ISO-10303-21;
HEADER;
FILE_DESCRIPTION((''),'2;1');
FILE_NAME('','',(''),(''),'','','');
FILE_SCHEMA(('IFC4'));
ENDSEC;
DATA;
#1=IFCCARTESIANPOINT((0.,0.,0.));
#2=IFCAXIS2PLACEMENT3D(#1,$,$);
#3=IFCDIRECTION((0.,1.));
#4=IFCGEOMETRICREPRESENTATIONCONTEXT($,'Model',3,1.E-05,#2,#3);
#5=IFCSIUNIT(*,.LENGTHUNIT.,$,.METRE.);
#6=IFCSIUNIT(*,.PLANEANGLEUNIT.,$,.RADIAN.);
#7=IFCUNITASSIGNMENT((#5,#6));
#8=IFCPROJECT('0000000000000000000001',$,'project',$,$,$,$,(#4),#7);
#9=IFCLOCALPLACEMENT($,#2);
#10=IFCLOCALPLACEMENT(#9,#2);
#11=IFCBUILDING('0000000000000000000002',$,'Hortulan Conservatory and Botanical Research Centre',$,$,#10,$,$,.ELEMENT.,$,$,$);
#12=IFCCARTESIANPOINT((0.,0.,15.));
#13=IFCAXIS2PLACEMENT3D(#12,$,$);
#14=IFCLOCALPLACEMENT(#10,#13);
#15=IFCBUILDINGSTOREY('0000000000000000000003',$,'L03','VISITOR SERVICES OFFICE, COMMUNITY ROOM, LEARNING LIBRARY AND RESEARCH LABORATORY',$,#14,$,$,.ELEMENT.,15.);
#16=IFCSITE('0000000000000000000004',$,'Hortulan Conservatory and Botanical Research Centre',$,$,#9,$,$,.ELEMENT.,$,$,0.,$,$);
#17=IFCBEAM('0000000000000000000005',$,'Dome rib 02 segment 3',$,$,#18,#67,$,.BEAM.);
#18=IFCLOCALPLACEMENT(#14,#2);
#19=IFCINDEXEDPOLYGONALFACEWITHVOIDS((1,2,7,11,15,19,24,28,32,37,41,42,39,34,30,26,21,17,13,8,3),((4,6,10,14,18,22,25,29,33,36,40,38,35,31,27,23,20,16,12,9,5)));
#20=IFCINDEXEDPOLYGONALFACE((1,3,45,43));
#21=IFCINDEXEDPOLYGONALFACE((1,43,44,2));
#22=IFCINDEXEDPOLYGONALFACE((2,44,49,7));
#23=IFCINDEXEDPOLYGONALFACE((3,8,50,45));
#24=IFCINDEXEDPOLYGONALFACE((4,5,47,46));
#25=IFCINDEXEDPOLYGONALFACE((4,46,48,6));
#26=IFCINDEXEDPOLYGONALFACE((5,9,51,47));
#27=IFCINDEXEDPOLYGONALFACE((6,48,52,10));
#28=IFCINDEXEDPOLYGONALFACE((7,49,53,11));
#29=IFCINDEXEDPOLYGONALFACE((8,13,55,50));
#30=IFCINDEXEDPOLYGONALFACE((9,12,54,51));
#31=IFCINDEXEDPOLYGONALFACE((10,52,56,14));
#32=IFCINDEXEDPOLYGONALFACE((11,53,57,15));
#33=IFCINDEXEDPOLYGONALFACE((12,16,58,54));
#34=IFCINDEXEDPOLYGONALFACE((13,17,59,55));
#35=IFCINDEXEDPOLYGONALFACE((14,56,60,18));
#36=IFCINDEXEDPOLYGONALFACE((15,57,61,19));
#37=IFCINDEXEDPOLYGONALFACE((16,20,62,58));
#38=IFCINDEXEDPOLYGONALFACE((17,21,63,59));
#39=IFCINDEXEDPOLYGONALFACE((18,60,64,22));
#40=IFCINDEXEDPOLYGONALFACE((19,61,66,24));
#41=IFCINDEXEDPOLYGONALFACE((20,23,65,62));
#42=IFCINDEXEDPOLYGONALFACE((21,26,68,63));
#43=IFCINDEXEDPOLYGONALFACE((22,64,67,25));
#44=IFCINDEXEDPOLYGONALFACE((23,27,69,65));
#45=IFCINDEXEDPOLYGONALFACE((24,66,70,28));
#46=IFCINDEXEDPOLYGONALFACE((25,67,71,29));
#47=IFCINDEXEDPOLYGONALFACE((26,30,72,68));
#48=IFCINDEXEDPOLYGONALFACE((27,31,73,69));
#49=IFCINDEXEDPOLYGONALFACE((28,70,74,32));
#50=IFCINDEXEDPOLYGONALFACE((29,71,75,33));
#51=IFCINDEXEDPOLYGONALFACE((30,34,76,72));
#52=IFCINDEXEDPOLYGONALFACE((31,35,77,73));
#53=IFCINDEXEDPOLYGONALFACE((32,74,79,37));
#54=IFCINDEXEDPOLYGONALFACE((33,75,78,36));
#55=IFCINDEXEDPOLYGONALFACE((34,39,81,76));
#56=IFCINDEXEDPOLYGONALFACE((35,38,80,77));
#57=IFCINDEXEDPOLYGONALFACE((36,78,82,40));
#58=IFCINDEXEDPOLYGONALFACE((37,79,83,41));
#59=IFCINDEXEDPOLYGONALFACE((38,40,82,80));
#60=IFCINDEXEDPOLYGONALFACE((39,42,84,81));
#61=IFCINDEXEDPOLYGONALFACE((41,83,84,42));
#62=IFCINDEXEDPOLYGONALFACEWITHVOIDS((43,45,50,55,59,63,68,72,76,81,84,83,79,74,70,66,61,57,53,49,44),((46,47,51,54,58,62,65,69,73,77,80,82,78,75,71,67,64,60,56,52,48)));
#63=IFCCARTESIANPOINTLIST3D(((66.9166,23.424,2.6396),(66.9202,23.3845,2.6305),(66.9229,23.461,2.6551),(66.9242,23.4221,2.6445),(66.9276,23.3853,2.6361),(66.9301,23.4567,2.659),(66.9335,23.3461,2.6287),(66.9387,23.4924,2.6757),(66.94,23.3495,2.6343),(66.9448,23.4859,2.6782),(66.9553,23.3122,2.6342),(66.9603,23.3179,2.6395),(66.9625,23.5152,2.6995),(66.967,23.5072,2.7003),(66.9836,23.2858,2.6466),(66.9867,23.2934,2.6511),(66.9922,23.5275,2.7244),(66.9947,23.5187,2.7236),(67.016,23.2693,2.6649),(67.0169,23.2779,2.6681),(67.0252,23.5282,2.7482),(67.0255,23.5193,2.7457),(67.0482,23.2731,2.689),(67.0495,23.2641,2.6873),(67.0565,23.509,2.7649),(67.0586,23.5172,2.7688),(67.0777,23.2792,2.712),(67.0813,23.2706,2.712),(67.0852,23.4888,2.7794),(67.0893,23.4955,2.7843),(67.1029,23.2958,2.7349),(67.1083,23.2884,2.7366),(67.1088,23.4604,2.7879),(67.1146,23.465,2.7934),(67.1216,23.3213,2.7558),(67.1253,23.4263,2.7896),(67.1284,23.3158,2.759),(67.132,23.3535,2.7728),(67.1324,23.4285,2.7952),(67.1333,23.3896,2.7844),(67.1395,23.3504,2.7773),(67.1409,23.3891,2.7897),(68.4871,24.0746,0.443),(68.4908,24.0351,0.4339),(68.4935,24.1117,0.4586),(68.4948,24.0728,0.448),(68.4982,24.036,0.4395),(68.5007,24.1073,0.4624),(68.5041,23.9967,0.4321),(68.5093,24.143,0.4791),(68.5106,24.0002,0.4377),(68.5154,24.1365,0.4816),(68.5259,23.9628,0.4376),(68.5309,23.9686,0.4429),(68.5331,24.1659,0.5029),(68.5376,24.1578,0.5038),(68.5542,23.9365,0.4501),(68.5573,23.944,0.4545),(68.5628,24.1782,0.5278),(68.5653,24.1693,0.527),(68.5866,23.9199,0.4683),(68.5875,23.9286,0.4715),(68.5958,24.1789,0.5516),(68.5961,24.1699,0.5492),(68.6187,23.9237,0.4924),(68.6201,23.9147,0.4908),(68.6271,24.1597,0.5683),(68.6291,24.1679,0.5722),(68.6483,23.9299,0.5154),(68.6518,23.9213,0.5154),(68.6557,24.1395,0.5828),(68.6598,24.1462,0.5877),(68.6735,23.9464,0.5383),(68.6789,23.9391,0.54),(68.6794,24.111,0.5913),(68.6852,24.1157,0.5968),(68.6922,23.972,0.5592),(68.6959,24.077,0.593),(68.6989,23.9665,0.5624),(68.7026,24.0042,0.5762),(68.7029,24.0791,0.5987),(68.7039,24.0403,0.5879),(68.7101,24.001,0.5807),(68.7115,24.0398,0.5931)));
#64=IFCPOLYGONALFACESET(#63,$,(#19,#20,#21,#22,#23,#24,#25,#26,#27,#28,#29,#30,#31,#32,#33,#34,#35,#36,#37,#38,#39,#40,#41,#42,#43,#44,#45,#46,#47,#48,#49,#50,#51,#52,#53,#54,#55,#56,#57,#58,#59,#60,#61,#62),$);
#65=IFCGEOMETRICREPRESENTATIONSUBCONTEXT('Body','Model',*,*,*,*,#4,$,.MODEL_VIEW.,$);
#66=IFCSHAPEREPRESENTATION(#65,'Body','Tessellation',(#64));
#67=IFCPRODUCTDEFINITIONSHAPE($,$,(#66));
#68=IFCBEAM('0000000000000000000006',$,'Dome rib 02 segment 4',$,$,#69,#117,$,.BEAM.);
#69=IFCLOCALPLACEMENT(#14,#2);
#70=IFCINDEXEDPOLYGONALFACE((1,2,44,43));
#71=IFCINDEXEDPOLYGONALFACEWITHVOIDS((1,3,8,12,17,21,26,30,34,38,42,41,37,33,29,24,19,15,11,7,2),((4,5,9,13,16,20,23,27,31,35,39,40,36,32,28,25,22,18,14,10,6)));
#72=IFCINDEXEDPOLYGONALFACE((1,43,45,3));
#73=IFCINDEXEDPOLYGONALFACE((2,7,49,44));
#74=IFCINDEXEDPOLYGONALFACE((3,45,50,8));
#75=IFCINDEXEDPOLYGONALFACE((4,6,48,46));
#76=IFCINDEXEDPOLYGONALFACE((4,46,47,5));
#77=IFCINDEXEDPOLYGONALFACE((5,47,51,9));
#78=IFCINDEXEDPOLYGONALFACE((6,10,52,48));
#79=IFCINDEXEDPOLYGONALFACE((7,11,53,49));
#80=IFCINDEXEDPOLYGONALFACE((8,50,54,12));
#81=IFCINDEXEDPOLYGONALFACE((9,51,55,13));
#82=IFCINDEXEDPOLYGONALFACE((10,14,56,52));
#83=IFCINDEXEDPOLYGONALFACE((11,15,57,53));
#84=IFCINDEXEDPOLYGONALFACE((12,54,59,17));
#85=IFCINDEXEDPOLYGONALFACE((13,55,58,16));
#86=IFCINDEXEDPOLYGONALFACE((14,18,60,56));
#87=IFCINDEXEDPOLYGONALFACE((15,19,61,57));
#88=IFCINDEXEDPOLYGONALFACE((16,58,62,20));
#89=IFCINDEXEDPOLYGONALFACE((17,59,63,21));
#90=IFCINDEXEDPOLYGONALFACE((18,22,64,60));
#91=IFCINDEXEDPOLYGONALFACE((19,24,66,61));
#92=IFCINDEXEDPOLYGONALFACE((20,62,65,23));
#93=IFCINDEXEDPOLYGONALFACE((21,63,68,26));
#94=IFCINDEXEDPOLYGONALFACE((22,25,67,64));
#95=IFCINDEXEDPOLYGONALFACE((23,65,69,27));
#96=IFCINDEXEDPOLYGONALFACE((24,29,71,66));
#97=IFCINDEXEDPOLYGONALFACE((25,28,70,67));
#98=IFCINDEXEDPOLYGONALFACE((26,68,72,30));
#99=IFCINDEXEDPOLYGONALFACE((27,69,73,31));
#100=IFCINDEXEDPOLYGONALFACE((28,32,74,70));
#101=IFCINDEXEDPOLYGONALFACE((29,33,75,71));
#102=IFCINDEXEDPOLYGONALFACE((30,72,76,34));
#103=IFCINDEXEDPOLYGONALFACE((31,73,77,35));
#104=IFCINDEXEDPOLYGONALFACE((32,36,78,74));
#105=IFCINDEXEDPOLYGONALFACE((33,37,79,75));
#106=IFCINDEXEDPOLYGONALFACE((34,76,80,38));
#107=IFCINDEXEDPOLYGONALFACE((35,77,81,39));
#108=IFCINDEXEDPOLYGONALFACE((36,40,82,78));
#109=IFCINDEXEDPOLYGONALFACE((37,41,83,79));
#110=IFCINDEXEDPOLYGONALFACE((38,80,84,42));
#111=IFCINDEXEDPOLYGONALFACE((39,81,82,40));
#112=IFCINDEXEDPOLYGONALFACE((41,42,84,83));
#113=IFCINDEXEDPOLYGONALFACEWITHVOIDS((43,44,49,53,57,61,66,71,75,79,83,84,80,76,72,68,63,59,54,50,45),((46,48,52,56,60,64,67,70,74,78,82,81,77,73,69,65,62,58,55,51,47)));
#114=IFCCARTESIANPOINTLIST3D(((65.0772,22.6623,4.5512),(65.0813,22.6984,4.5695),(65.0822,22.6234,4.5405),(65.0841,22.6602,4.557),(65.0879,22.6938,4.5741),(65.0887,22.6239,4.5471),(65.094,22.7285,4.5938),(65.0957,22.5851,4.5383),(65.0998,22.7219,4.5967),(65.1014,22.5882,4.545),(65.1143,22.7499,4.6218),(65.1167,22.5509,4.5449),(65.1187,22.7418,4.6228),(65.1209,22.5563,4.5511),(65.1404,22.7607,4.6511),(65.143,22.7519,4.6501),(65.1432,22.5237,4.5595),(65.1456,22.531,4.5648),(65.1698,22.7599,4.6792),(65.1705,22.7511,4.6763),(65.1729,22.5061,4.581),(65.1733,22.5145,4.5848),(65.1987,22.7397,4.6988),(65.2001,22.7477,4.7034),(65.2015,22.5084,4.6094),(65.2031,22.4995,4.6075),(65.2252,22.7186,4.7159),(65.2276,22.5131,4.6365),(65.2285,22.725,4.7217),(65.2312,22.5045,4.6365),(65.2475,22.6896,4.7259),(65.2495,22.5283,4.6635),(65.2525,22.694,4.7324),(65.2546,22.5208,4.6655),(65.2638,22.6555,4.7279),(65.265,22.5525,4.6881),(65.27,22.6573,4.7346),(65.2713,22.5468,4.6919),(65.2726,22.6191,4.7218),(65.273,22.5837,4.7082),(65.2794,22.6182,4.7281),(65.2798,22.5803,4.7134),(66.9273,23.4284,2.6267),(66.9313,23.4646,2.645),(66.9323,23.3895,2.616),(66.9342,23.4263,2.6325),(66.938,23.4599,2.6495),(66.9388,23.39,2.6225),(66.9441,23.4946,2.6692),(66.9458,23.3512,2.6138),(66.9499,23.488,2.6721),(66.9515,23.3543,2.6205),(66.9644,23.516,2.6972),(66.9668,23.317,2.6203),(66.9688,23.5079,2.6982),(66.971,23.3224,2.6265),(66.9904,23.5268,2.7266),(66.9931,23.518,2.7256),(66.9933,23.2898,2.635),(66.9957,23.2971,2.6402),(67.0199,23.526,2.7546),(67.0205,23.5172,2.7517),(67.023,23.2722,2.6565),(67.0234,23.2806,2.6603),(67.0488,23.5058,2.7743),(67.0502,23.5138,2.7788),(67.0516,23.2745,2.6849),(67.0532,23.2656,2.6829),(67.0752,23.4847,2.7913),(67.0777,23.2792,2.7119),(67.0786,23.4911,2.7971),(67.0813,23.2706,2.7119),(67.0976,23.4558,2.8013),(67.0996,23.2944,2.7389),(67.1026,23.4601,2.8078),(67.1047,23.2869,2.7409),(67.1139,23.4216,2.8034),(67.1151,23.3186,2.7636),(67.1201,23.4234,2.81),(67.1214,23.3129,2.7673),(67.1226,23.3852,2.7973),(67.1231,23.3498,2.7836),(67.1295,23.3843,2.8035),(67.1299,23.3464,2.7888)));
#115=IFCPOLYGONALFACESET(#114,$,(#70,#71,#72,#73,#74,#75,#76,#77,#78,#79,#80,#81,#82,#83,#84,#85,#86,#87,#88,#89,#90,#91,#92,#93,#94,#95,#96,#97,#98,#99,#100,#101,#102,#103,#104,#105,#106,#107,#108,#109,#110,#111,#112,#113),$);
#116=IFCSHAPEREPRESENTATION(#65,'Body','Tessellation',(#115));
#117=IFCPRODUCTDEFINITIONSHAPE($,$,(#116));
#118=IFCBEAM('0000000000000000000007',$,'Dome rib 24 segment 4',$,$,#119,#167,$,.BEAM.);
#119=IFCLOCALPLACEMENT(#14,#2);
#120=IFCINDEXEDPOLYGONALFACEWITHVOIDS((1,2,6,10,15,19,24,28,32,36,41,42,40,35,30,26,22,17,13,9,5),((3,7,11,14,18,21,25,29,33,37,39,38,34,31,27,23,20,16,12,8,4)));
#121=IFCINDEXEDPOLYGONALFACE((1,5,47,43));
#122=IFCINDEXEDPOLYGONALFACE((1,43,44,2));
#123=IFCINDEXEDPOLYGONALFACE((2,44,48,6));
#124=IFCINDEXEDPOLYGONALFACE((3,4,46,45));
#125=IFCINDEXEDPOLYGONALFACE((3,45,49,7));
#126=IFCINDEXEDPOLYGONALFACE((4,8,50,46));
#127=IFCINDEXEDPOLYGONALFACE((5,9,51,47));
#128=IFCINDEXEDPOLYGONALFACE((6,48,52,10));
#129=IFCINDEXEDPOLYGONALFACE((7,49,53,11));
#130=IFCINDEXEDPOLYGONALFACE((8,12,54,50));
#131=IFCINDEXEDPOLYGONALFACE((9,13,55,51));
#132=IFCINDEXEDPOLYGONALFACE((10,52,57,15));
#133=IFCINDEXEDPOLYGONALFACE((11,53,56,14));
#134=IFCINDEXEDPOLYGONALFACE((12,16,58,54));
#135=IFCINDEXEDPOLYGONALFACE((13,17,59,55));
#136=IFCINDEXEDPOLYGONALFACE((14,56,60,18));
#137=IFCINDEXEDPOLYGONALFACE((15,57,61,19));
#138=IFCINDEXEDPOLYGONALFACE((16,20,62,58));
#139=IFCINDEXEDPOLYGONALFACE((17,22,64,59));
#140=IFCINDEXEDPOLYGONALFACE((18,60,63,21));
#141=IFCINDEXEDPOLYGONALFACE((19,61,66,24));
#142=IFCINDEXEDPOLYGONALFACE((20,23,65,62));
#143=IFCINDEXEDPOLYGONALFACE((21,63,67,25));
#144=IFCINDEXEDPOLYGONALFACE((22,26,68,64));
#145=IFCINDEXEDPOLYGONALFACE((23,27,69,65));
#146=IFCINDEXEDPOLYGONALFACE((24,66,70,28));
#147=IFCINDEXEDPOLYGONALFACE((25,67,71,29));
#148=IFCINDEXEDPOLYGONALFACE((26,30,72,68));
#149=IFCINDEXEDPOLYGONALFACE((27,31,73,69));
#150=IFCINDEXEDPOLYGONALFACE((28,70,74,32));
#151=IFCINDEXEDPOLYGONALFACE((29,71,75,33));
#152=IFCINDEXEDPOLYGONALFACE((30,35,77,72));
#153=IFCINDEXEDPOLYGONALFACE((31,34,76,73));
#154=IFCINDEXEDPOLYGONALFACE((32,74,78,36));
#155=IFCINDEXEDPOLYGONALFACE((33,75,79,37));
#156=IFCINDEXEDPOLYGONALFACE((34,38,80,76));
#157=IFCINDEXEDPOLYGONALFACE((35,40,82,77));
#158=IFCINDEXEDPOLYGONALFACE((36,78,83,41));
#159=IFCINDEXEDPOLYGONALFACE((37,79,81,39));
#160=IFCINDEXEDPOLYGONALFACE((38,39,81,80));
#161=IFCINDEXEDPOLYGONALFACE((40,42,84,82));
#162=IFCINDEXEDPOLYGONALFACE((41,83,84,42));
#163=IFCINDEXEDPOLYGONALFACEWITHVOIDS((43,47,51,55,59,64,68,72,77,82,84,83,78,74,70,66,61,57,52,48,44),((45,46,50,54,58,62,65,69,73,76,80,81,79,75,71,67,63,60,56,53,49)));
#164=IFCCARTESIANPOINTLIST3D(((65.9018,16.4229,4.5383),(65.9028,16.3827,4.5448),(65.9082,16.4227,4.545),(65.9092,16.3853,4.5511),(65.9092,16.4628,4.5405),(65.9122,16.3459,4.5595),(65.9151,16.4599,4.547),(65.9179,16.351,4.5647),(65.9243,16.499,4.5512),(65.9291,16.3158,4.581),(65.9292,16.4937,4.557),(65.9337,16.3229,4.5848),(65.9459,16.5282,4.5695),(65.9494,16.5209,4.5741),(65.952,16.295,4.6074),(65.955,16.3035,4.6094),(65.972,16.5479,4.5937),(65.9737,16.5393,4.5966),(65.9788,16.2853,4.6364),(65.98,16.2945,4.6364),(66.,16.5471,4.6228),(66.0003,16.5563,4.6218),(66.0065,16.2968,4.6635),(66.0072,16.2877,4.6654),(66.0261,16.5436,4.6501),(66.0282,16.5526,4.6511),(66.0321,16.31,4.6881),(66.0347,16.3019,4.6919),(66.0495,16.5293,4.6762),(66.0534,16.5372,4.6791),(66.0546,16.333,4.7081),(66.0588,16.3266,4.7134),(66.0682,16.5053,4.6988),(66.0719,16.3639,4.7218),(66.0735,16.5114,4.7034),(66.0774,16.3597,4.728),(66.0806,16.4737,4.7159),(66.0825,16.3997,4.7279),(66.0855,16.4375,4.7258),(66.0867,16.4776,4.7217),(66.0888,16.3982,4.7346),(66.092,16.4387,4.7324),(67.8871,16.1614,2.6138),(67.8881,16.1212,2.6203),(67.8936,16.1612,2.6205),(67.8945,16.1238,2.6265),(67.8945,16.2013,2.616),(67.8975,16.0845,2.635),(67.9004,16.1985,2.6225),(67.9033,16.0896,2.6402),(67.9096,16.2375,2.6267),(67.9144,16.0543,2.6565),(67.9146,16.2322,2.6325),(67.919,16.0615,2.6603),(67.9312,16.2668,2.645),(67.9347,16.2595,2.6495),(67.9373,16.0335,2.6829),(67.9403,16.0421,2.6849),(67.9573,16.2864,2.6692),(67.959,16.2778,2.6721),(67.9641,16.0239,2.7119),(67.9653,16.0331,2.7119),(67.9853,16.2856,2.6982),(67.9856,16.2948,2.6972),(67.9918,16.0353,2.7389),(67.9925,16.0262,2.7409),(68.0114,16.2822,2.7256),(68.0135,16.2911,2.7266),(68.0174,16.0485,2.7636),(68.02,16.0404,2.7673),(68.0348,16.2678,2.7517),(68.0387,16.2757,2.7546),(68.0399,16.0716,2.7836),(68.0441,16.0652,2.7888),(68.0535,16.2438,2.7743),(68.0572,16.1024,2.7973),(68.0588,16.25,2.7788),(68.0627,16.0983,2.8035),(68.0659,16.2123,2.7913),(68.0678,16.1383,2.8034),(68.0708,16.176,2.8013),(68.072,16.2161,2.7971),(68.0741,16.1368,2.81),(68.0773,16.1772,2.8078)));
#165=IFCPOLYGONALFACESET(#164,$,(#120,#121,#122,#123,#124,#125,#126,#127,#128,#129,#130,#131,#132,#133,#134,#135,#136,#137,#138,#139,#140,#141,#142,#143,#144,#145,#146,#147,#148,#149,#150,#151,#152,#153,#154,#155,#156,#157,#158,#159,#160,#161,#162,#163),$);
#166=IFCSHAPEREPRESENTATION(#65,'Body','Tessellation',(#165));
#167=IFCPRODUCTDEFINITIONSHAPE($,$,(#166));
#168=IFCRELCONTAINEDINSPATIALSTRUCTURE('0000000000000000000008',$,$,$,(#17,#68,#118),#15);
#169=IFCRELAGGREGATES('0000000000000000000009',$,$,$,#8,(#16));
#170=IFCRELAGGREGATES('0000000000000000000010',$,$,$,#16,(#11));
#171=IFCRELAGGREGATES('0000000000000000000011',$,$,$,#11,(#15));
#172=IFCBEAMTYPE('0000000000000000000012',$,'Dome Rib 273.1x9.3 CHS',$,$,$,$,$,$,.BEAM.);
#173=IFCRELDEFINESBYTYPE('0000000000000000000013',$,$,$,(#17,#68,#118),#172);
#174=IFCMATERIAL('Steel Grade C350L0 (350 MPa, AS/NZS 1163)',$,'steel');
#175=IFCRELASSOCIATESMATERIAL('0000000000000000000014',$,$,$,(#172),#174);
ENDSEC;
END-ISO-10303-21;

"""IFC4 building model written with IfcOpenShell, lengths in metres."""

from ifc_helpers import new_model, si_unit, direction, frame, origin, origin_2d, place, context, subcontext, project, spatial, hollow_circle, extrude, material, material_profile, profile_set, type_object, element, save


model = new_model("IFC4")

# Units and contexts
model_context = context("Model", 3, precision=1e-05, world=origin(), true_north=direction((0.0, 1.0)))
body_context = subcontext(model_context, "Body", "Model", "MODEL_VIEW")
ifc_project = project(units=[si_unit("LENGTHUNIT", "METRE"), si_unit("PLANEANGLEUNIT", "RADIAN")], contexts=[model_context])

# Site, building, storey
site_placement = place(None, origin())
site = spatial("IfcSite", under=ifc_project, at=site_placement, Name="Hortulan Conservatory and Botanical Research Centre", CompositionType="ELEMENT", RefElevation=0.0)
building_placement = place(site_placement, origin())
building = spatial("IfcBuilding", under=site, at=building_placement, Name="Hortulan Conservatory and Botanical Research Centre", CompositionType="ELEMENT")
storey_placement = place(building_placement, frame((0.0, 0.0, 15.0)))
storey = spatial("IfcBuildingStorey", under=building, at=storey_placement, Name="L03", Description="VISITOR SERVICES OFFICE, COMMUNITY ROOM, LEARNING LIBRARY AND RESEARCH LABORATORY", CompositionType="ELEMENT", Elevation=15.0)

# Beams
ifc_material_1 = material(Name="Steel Grade C350L0 (350 MPa, AS/NZS 1163)", Category="steel")
ifc_material_profile_1 = material_profile(ifc_material_1, hollow_circle(Radius=0.1365, WallThickness=0.0093, at=origin_2d()), Name="273.1x9.3CHS")
ifc_profile_set_1 = profile_set([ifc_material_profile_1], Name="Steel Grade C350L0 (350 MPa, AS/NZS 1163)")
beam_type = type_object("IfcBeamType", Name="Dome Rib 273.1x9.3 CHS", PredefinedType="BEAM", material=ifc_profile_set_1)
beam_placement = place(storey_placement, frame((68.5996, 24.0474, 0.5154), z_axis=(-0.565449, -0.234249, 0.790819), x_axis=(0.382728, -0.923861, 0.0)))
element("IfcBeam", 1, at=beam_placement, inside=storey, type_object=beam_type, Name="Dome rib 02 segment 3", PredefinedType="BEAM", context=body_context, shape_type="SweptSolid", body=[
    extrude(hollow_circle(Radius=0.1365, WallThickness=0.0093, at=origin_2d()), origin(), (0.0, 0.0, 1.0), 2.7776),
])
for number, where, z_axis, x_axis, name in (
    (2, (67.0291, 23.3967, 2.7119), (-0.666136, -0.275842, 0.692946), (0.382589, -0.923919, 0.0), "Dome rib 02 segment 4"),
    (3, (67.9819, 16.1592, 2.7119), (-0.714825, 0.094144, 0.692937), (-0.130574, -0.991439, 0.0), "Dome rib 24 segment 4"),
):
    element("IfcBeam", number, at=place(storey_placement, frame(where, z_axis=z_axis, x_axis=x_axis)), inside=storey, type_object=beam_type, Name=name, PredefinedType="BEAM", context=body_context, shape_type="SweptSolid", body=[
        extrude(hollow_circle(Radius=0.1365, WallThickness=0.0093, at=origin_2d()), origin(), (0.0, 0.0, 1.0), 2.7773),
    ])

save(model, "model.ifc")
